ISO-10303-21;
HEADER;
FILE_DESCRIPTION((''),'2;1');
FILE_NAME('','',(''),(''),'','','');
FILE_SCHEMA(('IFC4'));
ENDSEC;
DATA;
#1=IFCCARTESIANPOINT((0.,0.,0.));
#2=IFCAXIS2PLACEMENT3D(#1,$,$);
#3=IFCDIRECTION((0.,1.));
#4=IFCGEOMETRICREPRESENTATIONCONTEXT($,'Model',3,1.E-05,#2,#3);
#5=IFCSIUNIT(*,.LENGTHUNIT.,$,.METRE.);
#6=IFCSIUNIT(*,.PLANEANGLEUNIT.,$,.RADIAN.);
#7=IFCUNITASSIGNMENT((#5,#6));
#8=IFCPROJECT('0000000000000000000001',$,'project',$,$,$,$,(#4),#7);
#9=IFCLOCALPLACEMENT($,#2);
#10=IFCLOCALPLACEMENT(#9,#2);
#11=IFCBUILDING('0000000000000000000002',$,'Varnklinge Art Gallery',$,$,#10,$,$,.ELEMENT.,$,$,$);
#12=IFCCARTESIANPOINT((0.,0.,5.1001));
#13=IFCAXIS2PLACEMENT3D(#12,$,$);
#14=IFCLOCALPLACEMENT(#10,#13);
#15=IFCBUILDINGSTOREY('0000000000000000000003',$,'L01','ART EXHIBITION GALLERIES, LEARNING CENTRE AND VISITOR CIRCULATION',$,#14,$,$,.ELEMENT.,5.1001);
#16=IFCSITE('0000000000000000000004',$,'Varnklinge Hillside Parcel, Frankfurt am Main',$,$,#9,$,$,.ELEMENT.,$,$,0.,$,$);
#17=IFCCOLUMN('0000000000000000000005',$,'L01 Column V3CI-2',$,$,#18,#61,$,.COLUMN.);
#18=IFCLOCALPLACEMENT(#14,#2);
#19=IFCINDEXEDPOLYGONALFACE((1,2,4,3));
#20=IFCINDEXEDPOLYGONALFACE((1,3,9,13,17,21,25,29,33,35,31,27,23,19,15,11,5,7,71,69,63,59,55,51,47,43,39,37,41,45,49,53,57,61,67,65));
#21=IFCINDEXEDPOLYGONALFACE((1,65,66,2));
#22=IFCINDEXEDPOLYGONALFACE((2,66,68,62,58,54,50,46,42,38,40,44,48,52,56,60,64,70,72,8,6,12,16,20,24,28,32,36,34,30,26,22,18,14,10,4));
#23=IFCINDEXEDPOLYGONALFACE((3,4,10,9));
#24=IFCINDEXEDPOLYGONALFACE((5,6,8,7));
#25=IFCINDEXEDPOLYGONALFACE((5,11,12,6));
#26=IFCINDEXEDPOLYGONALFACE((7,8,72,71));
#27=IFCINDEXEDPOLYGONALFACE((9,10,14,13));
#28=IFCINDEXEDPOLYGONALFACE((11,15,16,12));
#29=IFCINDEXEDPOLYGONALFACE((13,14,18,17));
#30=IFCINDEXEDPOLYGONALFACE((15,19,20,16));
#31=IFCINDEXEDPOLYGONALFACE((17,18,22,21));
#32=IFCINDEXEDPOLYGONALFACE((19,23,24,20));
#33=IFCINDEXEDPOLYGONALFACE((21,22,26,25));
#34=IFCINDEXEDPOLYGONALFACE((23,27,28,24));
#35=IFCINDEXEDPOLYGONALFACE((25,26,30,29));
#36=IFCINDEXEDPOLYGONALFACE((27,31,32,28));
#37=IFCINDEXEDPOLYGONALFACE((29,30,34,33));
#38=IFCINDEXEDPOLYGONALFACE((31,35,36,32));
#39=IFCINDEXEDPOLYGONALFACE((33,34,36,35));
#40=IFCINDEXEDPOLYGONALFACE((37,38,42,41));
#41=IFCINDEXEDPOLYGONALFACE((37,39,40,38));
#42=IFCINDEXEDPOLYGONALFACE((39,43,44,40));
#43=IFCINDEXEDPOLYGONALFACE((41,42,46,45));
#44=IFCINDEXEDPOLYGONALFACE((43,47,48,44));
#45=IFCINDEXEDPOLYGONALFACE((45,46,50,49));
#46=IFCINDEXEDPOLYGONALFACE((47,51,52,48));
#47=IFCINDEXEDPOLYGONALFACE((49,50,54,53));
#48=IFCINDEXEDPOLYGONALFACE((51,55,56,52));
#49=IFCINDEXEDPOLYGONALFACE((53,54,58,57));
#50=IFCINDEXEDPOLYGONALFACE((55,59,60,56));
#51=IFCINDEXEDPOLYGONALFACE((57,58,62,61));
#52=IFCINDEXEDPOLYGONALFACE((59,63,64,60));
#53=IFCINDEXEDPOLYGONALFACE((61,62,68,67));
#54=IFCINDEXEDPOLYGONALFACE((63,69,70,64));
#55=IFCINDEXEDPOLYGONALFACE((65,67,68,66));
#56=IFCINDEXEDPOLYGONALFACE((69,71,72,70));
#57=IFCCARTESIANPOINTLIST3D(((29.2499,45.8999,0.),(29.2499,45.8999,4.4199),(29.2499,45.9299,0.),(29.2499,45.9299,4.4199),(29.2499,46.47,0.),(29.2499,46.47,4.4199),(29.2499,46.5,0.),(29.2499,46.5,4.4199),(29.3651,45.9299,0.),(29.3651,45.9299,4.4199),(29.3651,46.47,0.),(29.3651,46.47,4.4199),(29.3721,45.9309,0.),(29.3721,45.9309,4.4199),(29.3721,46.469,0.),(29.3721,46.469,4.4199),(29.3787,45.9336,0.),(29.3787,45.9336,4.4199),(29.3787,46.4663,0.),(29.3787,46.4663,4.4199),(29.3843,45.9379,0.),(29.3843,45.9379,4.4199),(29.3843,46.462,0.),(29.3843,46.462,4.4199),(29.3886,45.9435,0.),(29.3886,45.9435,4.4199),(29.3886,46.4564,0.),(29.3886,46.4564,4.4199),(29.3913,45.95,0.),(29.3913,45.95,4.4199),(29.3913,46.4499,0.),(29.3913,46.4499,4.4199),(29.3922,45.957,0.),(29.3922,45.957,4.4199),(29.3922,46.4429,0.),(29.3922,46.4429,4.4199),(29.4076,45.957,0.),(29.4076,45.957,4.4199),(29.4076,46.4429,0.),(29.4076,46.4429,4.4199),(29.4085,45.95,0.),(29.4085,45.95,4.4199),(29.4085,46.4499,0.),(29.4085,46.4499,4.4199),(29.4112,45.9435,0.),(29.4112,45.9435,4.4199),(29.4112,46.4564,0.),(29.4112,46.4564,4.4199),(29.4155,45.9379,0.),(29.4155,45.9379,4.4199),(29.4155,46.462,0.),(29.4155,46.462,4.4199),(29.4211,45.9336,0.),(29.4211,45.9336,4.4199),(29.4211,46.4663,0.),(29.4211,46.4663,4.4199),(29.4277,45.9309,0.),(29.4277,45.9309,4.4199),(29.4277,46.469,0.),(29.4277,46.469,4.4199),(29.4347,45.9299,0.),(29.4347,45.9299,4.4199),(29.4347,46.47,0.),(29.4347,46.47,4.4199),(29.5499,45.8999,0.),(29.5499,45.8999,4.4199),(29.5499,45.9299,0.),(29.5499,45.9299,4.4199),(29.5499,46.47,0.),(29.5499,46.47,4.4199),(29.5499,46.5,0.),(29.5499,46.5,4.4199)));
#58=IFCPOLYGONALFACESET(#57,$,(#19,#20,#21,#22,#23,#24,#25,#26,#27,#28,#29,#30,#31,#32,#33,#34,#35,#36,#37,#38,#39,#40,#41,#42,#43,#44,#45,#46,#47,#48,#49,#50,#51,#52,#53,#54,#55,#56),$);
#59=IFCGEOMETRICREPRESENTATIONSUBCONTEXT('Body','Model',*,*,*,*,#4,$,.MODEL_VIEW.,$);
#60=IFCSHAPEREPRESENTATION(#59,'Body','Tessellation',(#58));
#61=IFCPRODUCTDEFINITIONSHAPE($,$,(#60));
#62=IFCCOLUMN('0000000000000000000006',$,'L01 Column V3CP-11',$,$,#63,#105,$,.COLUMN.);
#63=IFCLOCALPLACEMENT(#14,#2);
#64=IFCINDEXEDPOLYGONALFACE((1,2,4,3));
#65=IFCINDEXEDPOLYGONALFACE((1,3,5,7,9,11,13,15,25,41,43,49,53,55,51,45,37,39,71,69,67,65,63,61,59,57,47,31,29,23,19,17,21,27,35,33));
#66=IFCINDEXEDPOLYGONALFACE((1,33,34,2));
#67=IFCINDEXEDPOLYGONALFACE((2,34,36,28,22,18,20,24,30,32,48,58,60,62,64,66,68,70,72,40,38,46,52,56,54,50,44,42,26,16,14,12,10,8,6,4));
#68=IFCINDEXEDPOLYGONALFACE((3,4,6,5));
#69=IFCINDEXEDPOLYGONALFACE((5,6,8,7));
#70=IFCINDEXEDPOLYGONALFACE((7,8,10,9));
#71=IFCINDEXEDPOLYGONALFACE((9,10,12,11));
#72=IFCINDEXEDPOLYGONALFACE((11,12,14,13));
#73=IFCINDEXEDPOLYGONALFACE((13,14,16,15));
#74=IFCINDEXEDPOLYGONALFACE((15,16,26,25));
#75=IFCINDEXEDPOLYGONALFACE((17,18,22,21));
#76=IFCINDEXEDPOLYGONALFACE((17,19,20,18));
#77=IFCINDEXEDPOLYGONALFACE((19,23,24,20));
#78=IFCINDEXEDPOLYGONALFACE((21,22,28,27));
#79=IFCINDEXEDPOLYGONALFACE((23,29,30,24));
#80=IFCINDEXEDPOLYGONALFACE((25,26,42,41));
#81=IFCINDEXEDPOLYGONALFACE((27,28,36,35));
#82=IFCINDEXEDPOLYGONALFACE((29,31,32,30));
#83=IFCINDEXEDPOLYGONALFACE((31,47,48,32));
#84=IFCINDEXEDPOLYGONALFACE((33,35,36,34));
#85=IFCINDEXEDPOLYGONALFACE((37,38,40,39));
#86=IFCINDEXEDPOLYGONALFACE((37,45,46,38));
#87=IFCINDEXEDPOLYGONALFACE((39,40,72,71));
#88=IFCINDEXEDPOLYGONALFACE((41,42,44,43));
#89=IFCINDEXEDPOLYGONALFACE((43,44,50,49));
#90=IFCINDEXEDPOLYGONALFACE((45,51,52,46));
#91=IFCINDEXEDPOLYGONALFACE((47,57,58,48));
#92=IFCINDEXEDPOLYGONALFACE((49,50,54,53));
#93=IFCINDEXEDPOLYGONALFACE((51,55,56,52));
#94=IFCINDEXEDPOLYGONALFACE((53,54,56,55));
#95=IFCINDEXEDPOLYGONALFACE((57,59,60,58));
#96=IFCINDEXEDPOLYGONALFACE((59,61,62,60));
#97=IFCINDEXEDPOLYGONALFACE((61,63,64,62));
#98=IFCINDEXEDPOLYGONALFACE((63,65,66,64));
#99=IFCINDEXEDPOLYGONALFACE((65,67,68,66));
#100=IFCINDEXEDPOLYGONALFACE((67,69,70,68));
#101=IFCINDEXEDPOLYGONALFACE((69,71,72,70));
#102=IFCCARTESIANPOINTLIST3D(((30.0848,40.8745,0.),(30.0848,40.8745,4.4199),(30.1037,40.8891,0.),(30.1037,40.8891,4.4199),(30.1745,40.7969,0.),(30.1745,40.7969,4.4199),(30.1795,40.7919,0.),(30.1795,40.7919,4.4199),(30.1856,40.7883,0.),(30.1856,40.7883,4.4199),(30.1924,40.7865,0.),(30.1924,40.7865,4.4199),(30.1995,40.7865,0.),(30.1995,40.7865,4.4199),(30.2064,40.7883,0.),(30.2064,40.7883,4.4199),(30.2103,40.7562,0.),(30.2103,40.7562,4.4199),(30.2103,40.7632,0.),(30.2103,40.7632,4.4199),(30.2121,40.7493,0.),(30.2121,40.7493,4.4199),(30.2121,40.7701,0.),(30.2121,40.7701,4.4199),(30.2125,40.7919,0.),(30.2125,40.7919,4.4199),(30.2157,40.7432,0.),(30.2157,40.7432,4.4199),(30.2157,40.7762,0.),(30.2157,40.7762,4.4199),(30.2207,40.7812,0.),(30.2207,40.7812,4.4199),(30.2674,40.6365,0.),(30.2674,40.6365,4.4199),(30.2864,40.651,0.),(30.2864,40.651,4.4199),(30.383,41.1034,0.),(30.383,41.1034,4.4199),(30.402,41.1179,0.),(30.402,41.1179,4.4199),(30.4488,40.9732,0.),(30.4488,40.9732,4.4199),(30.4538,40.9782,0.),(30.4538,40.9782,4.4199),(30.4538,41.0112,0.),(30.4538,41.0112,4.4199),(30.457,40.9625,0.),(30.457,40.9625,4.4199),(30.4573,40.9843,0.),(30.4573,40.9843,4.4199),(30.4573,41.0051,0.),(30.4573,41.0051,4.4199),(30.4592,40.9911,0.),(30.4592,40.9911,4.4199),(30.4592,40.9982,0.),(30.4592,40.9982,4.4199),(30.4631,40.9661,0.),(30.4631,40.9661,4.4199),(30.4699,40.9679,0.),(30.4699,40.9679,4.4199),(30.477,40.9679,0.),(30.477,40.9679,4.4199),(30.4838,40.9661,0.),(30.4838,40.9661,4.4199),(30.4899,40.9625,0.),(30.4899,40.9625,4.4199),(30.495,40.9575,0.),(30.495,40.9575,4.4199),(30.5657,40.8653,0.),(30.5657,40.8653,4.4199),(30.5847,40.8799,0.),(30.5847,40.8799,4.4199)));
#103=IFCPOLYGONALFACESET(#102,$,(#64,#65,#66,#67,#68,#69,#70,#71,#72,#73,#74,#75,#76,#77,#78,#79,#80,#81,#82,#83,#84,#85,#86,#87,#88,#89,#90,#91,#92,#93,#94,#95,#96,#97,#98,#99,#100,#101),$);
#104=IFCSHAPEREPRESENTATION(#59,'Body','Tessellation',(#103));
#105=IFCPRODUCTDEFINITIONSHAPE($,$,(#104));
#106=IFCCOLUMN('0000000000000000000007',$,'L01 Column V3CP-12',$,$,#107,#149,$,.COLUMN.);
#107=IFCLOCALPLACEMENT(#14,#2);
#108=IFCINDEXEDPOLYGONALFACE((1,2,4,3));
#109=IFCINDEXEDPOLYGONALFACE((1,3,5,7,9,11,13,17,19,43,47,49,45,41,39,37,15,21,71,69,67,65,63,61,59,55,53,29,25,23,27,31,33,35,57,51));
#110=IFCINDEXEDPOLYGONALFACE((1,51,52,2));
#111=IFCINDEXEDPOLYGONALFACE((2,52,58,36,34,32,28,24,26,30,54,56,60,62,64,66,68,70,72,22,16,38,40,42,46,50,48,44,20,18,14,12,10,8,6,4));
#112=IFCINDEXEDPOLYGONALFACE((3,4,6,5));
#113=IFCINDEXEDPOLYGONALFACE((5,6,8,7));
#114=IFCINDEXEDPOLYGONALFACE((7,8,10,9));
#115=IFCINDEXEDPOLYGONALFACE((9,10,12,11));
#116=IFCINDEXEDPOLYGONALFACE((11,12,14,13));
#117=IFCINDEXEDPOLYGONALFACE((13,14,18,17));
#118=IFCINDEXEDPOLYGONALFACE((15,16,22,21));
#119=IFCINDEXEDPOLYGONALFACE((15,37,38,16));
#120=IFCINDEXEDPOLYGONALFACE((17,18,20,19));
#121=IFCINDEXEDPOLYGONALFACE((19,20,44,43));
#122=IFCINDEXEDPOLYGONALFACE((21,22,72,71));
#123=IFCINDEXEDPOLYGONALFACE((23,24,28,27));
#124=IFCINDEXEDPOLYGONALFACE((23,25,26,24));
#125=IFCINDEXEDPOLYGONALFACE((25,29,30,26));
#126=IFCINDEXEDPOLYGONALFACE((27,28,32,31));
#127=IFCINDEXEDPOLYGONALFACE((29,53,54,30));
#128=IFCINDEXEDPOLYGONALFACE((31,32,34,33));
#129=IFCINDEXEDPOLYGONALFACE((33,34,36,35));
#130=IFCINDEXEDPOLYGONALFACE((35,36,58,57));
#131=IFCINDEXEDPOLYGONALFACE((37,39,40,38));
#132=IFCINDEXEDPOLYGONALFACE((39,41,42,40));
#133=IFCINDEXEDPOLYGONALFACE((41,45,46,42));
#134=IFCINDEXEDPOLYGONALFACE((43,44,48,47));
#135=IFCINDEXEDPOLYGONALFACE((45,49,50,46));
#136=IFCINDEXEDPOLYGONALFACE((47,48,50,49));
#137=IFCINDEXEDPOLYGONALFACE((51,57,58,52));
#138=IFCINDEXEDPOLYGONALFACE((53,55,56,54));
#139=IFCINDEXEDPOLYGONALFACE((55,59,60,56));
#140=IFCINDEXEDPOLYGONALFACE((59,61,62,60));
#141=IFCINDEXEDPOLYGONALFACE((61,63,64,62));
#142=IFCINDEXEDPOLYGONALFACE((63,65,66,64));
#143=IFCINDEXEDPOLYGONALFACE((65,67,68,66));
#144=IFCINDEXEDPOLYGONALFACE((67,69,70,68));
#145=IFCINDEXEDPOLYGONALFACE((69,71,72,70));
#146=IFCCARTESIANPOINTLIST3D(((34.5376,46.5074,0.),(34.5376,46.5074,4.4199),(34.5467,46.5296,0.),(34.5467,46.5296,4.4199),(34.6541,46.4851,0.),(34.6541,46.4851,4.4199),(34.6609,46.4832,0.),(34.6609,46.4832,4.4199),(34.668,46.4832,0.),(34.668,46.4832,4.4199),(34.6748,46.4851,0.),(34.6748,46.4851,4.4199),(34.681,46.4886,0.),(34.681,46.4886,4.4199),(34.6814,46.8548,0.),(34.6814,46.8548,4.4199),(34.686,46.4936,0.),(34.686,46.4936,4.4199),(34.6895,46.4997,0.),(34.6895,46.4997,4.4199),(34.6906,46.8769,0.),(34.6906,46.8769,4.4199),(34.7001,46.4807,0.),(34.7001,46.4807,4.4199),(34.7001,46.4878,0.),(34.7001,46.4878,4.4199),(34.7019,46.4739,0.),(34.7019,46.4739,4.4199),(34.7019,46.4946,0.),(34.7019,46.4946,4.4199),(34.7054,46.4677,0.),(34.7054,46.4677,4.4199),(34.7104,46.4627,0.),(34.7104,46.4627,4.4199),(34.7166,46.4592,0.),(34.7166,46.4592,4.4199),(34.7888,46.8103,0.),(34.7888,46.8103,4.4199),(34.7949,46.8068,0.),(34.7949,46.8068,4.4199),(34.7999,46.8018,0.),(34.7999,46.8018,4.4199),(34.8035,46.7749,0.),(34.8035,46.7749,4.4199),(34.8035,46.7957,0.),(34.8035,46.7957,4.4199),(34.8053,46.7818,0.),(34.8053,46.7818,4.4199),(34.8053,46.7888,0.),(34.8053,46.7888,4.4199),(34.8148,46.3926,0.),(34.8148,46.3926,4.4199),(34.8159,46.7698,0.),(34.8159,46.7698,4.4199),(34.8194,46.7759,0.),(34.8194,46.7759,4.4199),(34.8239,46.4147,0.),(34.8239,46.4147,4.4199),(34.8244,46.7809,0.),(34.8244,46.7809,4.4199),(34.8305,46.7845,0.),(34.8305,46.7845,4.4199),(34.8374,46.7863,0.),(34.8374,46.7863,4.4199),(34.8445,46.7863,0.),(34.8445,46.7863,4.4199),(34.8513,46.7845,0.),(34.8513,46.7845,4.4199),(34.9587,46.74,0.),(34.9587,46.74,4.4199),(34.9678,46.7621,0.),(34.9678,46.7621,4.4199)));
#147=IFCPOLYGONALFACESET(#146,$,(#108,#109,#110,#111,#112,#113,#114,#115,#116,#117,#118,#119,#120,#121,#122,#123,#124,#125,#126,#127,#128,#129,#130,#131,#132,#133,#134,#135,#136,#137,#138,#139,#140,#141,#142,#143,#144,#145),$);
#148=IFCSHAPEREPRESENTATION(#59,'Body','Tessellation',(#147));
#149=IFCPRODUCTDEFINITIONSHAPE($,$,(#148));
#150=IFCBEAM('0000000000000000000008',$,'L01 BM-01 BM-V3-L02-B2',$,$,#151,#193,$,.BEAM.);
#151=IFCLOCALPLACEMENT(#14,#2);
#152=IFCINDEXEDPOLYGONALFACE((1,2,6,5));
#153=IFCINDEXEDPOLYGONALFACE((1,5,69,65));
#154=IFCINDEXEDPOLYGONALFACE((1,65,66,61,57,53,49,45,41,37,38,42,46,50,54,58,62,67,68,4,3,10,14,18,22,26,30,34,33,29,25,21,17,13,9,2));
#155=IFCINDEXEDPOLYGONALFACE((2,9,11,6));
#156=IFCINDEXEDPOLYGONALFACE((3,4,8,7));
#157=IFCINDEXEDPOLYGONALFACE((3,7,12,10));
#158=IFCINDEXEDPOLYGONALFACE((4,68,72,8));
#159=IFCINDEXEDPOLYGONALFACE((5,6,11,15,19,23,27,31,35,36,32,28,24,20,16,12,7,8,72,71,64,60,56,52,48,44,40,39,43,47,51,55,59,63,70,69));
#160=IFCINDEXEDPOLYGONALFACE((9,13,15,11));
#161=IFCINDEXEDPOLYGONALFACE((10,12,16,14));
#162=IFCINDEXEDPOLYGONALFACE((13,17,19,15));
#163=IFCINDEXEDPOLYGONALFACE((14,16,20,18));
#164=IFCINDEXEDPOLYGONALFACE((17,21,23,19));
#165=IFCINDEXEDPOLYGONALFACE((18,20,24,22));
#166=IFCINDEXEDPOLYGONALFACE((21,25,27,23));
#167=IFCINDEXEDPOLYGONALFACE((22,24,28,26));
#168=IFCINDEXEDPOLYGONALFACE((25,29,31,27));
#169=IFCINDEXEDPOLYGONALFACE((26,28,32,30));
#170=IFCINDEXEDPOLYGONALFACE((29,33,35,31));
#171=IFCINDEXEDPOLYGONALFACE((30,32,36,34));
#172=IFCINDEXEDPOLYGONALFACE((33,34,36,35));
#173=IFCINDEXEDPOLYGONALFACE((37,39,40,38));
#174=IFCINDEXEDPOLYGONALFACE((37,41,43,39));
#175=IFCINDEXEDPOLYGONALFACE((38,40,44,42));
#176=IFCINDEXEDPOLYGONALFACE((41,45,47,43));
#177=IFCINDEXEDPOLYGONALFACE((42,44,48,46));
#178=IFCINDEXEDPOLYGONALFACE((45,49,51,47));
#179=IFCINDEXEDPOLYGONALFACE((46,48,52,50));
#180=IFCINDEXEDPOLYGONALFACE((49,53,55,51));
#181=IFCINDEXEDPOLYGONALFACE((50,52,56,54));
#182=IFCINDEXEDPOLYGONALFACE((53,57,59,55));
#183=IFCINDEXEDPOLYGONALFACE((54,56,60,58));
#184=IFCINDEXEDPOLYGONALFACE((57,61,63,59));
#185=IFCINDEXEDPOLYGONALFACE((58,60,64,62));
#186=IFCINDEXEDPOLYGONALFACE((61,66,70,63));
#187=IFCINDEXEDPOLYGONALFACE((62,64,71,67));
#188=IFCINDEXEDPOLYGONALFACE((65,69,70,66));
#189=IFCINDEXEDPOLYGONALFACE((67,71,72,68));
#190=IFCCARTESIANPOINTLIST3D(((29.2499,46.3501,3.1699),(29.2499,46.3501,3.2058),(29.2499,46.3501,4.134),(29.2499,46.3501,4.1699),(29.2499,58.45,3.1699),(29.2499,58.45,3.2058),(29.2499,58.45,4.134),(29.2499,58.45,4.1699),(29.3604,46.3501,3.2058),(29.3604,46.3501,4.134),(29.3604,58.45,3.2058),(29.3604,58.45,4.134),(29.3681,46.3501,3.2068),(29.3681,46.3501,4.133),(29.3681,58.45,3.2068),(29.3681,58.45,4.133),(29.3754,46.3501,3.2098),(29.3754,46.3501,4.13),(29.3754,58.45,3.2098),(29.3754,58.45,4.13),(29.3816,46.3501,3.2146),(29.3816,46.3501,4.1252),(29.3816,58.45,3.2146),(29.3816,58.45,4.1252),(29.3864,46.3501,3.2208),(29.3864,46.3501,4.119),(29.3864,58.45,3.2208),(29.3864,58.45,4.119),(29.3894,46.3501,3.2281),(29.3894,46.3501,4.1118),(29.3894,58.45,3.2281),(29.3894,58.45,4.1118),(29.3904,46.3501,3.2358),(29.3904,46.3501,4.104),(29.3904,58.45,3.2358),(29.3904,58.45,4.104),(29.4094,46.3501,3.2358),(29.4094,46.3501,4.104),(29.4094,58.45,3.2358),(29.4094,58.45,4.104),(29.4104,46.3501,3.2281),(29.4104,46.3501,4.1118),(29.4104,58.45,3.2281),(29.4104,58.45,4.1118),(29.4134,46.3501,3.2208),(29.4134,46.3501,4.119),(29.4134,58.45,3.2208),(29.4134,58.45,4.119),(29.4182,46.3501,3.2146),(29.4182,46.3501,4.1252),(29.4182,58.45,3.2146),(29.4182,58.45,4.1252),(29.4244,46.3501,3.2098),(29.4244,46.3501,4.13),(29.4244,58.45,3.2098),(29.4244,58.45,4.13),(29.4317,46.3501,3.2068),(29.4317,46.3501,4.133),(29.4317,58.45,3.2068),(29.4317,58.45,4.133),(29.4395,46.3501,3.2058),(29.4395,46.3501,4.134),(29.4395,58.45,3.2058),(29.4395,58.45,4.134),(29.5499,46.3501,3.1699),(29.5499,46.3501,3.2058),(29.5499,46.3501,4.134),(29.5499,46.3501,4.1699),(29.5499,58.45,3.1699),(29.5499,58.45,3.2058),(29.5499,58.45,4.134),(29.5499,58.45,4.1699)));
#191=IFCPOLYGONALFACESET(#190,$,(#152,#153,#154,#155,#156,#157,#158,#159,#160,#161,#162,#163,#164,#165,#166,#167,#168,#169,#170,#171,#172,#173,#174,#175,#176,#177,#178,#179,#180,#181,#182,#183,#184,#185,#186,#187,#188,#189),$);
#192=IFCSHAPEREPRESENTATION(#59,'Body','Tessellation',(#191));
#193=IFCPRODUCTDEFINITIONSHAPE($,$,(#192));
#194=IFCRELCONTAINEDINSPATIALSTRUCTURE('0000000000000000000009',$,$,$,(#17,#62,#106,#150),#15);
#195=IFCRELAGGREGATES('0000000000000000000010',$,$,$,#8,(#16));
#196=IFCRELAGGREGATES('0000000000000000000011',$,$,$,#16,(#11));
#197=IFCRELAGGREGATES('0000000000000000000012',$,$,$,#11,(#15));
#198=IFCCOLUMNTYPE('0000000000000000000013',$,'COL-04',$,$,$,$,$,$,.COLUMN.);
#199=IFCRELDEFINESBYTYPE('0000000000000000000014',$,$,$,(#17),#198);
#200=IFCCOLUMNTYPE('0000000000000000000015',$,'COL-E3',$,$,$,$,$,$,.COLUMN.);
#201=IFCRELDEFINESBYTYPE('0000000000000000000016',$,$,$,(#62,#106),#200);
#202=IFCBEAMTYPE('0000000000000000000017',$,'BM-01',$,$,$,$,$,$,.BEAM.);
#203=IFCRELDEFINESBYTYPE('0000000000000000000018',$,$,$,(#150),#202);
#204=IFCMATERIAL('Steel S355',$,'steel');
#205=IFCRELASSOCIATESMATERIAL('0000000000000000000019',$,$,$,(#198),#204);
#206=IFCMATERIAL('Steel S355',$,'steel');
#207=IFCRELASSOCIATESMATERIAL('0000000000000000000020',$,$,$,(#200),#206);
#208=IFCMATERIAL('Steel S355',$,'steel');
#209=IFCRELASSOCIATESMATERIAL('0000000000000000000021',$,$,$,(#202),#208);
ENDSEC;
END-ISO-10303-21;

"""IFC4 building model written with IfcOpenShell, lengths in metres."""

from ifc_helpers import new_model, si_unit, direction, frame, origin, origin_2d, place, context, subcontext, project, spatial, i_section, extrude, material, material_profile, profile_set, type_object, element, save


model = new_model("IFC4")

# Units and contexts
model_context = context("Model", 3, precision=1e-05, world=origin(), true_north=direction((0.0, 1.0)))
body_context = subcontext(model_context, "Body", "Model", "MODEL_VIEW")
ifc_project = project(units=[si_unit("LENGTHUNIT", "METRE"), si_unit("PLANEANGLEUNIT", "RADIAN")], contexts=[model_context])

# Site, building, storey
site_placement = place(None, origin())
site = spatial("IfcSite", under=ifc_project, at=site_placement, Name="Varnklinge Hillside Parcel, Frankfurt am Main", CompositionType="ELEMENT", RefElevation=0.0)
building_placement = place(site_placement, origin())
building = spatial("IfcBuilding", under=site, at=building_placement, Name="Varnklinge Art Gallery", CompositionType="ELEMENT")
storey_placement = place(building_placement, frame((0.0, 0.0, 5.1001)))
storey = spatial("IfcBuildingStorey", under=building, at=storey_placement, Name="L01", Description="ART EXHIBITION GALLERIES, LEARNING CENTRE AND VISITOR CIRCULATION", CompositionType="ELEMENT", Elevation=5.1001)

# Columns
ifc_material_1 = material(Name="Steel S355", Category="steel")
ifc_material_profile_1 = material_profile(ifc_material_1, i_section(OverallWidth=0.3, OverallDepth=0.6001, WebThickness=0.0154, FlangeThickness=0.03, FilletRadius=0.0271, at=origin_2d()), Name="HEB 600")
ifc_profile_set_1 = profile_set([ifc_material_profile_1], Name="Steel S355")
column_type_1 = type_object("IfcColumnType", Name="COL-04", PredefinedType="COLUMN", material=ifc_profile_set_1)
column_placement = place(storey_placement, frame((29.3999, 46.2, 0.0), z_axis=(0.0, 0.0, 1.0), x_axis=(1.0, 0.0, 0.0)))
element("IfcColumn", 1, at=column_placement, inside=storey, type_object=column_type_1, Name="L01 Column V3CI-2", PredefinedType="COLUMN", context=body_context, shape_type="SweptSolid", body=[
    extrude(i_section(OverallWidth=0.3, OverallDepth=0.6001, WebThickness=0.0154, FlangeThickness=0.03, FilletRadius=0.0271, at=origin_2d()), origin(), (0.0, 0.0, 1.0), 4.4199),
])
ifc_material_2 = material(Name="Steel S355", Category="steel")
ifc_material_profile_2 = material_profile(ifc_material_2, i_section(OverallWidth=0.3, OverallDepth=0.3999, WebThickness=0.0134, FlangeThickness=0.0239, FilletRadius=0.0271, at=origin_2d()), Name="HEB 400")
ifc_profile_set_2 = profile_set([ifc_material_profile_2], Name="Steel S355")
column_type_2 = type_object("IfcColumnType", Name="COL-E3", PredefinedType="COLUMN", material=ifc_profile_set_2)
for number, where, z_axis, x_axis, name in (
    (2, (30.3347, 40.8772, 0.0), (0.0, 0.0, 1.0), (0.608761, -0.793353, 0.0), "L01 Column V3CP-11"),
    (3, (34.7527, 46.6348, 0.0), (0.0, 0.0, 1.0), (0.92388, -0.382683, 0.0), "L01 Column V3CP-12"),
):
    element("IfcColumn", number, at=place(storey_placement, frame(where, z_axis=z_axis, x_axis=x_axis)), inside=storey, type_object=column_type_2, Name=name, PredefinedType="COLUMN", context=body_context, shape_type="SweptSolid", body=[
        extrude(i_section(OverallWidth=0.3, OverallDepth=0.3999, WebThickness=0.0134, FlangeThickness=0.0239, FilletRadius=0.0271, at=origin_2d()), origin(), (0.0, 0.0, 1.0), 4.4199),
    ])

# Beam
ifc_material_3 = material(Name="Steel S355", Category="steel")
ifc_material_profile_3 = material_profile(ifc_material_3, i_section(OverallWidth=0.3, OverallDepth=1.0, WebThickness=0.019, FlangeThickness=0.0359, FilletRadius=0.03, at=origin_2d()), Name="HEB 1000")
ifc_profile_set_3 = profile_set([ifc_material_profile_3], Name="Steel S355")
beam_type_1 = type_object("IfcBeamType", Name="BM-01", PredefinedType="BEAM", material=ifc_profile_set_3)
beam_1_placement = place(storey_placement, frame((29.3999, 46.3501, 3.6699), z_axis=(0.0, 1.0, 0.0), x_axis=(-1.0, 0.0, 0.0)))
element("IfcBeam", 4, at=beam_1_placement, inside=storey, type_object=beam_type_1, Name="L01 BM-01 BM-V3-L02-B2", PredefinedType="BEAM", context=body_context, shape_type="SweptSolid", body=[
    extrude(i_section(OverallWidth=0.3, OverallDepth=1.0, WebThickness=0.019, FlangeThickness=0.0359, FilletRadius=0.03, at=origin_2d()), origin(), (0.0, 0.0, 1.0), 12.0999),
])

save(model, "model.ifc")
